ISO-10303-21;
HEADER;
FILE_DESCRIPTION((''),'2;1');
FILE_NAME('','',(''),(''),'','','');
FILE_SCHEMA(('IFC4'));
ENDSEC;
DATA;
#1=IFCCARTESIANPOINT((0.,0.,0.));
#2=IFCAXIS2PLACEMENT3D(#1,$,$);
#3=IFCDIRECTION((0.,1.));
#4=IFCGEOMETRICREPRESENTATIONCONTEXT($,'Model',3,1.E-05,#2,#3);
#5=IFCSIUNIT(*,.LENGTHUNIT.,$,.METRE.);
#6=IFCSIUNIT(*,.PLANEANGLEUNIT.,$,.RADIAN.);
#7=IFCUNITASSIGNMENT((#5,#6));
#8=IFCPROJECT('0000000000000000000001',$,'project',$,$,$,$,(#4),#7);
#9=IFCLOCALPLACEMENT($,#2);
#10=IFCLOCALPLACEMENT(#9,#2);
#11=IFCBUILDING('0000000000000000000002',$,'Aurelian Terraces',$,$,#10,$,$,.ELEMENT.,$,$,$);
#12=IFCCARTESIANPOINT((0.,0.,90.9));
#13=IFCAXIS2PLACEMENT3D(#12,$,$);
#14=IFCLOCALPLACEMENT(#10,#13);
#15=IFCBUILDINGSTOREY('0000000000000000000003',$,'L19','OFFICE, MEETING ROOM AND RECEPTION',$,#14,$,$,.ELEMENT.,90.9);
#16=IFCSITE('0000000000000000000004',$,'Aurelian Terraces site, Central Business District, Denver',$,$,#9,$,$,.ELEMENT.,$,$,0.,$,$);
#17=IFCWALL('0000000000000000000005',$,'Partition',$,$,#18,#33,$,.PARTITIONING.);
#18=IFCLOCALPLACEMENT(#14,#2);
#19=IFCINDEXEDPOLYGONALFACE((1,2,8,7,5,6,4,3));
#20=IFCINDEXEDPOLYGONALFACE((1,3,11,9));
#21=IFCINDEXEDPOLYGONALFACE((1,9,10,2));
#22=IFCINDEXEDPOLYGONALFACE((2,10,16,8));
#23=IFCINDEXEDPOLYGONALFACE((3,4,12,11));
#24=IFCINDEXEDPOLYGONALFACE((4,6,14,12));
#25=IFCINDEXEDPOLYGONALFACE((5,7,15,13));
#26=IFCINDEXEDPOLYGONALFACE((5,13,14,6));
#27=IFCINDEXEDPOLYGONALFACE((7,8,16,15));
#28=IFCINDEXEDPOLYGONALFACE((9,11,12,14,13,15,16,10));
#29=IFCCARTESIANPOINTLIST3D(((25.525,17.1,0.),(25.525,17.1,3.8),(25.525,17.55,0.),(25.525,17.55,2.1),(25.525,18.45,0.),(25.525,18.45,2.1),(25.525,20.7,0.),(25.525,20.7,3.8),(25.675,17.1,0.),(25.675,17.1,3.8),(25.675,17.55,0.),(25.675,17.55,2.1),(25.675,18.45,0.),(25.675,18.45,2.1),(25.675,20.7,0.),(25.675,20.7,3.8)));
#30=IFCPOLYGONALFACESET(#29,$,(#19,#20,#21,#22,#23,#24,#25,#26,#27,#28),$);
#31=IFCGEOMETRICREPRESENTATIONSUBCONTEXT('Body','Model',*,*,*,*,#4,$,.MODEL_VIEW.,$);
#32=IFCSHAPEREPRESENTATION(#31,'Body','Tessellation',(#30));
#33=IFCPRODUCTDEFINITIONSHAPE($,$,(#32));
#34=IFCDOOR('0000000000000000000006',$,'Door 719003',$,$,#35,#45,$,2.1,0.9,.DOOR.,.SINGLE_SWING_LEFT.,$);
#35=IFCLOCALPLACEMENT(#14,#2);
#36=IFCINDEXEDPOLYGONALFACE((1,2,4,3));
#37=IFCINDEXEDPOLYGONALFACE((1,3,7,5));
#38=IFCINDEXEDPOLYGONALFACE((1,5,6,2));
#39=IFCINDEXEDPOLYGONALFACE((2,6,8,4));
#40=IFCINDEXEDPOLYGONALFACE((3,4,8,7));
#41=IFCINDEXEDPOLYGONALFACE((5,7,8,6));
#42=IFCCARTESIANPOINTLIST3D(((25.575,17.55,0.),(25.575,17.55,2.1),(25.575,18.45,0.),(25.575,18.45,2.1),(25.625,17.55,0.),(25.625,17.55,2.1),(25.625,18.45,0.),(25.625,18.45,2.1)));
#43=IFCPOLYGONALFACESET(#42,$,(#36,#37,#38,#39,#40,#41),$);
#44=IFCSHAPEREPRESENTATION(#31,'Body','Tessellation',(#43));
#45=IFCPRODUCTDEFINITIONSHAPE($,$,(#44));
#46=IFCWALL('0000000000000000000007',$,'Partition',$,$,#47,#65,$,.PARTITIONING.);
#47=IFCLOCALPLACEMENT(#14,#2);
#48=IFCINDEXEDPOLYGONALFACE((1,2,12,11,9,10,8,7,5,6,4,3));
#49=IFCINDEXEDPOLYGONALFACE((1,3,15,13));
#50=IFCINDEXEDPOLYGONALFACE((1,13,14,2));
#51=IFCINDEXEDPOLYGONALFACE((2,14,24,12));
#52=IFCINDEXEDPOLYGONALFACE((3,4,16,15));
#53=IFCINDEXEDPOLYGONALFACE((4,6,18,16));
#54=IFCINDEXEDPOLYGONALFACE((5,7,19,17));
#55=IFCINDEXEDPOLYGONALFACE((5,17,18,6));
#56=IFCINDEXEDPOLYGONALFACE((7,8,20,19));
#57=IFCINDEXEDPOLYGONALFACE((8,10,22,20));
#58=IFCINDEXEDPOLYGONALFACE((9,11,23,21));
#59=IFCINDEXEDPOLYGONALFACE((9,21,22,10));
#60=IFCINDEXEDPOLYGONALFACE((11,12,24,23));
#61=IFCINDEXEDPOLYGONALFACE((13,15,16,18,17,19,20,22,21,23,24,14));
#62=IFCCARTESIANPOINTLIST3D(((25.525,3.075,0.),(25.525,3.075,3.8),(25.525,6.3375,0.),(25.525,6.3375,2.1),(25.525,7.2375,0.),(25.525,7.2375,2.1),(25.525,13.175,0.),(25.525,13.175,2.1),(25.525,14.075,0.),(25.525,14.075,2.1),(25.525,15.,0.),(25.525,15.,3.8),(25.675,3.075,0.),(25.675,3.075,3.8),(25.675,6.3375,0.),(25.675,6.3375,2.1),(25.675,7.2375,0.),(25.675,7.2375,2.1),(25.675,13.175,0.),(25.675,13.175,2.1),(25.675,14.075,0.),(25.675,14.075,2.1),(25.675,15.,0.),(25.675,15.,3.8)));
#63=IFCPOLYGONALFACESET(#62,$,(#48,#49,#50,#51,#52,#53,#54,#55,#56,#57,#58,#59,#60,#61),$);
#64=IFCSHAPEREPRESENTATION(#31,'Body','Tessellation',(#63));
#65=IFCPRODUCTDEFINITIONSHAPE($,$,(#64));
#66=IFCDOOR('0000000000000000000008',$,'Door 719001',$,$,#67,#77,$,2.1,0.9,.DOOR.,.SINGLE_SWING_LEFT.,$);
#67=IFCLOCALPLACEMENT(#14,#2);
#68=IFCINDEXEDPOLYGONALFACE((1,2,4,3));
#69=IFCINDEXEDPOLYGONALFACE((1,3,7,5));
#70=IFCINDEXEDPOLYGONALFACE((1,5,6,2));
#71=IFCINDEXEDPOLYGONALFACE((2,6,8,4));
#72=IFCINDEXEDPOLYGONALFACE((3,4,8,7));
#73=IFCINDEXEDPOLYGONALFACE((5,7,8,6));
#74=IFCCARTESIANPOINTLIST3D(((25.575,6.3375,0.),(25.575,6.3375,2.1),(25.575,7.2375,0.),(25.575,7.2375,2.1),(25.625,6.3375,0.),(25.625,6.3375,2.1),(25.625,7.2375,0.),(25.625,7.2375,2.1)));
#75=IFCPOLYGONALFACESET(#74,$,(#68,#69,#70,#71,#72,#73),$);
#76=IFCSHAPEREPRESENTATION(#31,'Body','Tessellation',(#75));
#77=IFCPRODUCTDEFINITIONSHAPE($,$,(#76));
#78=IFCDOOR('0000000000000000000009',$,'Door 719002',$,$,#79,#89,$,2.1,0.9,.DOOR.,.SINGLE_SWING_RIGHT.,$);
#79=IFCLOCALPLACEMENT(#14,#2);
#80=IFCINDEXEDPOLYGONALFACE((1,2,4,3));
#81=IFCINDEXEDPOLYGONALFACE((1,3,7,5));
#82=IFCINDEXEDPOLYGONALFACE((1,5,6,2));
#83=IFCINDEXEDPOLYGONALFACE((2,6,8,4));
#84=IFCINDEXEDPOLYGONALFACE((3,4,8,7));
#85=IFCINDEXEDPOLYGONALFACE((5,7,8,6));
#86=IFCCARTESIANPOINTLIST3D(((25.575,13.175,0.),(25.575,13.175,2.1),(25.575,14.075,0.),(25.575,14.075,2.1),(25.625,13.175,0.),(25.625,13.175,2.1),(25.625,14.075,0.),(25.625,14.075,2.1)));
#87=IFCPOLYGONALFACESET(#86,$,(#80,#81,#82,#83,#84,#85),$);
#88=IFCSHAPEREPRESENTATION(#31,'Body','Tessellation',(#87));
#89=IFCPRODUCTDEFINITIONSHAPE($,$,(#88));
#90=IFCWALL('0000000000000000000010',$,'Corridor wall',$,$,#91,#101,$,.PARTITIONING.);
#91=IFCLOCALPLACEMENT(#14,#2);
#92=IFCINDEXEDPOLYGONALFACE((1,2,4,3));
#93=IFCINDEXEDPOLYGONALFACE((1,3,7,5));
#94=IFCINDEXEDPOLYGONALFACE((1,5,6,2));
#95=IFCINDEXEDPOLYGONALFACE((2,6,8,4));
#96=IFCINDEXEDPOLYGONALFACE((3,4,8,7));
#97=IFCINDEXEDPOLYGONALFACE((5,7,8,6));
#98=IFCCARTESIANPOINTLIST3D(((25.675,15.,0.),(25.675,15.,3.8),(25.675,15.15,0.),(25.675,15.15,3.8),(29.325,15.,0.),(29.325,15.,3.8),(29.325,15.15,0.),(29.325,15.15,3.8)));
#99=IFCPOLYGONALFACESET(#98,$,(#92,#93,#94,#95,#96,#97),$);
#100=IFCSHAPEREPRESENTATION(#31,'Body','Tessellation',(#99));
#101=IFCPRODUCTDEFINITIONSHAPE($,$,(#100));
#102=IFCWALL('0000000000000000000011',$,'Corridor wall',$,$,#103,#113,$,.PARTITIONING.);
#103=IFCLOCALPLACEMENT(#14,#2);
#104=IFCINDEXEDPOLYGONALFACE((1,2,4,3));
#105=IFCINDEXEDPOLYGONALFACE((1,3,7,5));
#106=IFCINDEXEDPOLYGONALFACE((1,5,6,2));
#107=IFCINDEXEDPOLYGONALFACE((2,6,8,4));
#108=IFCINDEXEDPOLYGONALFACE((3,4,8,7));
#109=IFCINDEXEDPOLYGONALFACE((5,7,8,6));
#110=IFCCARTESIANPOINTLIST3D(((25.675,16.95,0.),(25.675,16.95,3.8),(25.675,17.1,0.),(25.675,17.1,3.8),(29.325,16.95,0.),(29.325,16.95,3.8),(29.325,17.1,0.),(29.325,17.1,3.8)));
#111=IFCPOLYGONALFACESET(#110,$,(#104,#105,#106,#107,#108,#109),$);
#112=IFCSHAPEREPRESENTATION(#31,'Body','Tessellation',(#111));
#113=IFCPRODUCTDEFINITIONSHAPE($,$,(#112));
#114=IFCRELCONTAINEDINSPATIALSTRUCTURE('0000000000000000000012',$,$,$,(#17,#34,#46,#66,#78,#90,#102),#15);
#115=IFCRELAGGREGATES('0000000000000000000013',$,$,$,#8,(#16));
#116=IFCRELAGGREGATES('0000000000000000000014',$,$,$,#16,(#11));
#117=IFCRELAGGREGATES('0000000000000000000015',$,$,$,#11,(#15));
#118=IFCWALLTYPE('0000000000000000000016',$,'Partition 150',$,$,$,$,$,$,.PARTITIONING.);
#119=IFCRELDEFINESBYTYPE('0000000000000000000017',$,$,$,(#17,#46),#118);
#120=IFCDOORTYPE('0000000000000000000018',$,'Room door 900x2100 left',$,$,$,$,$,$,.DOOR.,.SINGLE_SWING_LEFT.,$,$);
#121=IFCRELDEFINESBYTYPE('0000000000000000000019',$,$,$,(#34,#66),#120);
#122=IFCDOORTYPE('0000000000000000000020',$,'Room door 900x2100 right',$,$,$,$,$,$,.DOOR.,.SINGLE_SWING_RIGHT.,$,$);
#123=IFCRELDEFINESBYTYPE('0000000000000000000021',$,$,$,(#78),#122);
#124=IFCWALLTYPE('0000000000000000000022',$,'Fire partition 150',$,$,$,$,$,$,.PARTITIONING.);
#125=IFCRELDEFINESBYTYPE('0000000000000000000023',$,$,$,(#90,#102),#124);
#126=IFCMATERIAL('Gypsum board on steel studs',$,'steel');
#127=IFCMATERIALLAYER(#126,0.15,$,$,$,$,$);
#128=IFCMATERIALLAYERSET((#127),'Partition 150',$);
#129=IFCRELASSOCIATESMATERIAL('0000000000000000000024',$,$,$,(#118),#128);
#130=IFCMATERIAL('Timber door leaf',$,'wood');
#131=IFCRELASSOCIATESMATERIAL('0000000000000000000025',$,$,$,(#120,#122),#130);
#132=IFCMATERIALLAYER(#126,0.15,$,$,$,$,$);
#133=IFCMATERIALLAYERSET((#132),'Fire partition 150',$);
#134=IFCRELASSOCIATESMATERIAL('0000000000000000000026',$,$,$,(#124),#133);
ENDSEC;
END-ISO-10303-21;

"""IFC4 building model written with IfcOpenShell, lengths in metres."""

from ifc_helpers import new_model, si_unit, direction, frame, frame_2d, origin, place, context, subcontext, project, spatial, rectangle, extrude, source, transform, mapped, material, layer, layer_set, type_object, element, fill, save


model = new_model("IFC4")

# Units and contexts
model_context = context("Model", 3, precision=1e-05, world=origin(), true_north=direction((0.0, 1.0)))
body_context = subcontext(model_context, "Body", "Model", "MODEL_VIEW")
ifc_project = project(units=[si_unit("LENGTHUNIT", "METRE"), si_unit("PLANEANGLEUNIT", "RADIAN")], contexts=[model_context])

# Site, building, storey
site_placement = place(None, origin())
site = spatial("IfcSite", under=ifc_project, at=site_placement, Name="Aurelian Terraces site, Central Business District, Denver", CompositionType="ELEMENT", RefElevation=0.0)
building_placement = place(site_placement, origin())
building = spatial("IfcBuilding", under=site, at=building_placement, Name="Aurelian Terraces", CompositionType="ELEMENT")
storey_placement = place(building_placement, frame((0.0, 0.0, 90.9)))
storey = spatial("IfcBuildingStorey", under=building, at=storey_placement, Name="L19", Description="OFFICE, MEETING ROOM AND RECEPTION", CompositionType="ELEMENT", Elevation=90.9)

# Wall, opening, door
ifc_material_1 = material(Name="Gypsum board on steel studs", Category="steel")
ifc_layer_1 = layer(ifc_material_1, 0.15)
ifc_layer_set_1 = layer_set([ifc_layer_1], Name="Partition 150")
wall_type_1 = type_object("IfcWallType", Name="Partition 150", PredefinedType="PARTITIONING", material=ifc_layer_set_1)
shared_shape_1 = source(origin(), body_context, "Body", "SweptSolid", [
    extrude(rectangle(XDim=3.6, YDim=0.15, at=frame_2d((1.8, 0.0))), origin(), (0.0, 0.0, 1.0), 3.8),
])
wall_1_placement = place(storey_placement, frame((25.6, 20.7, 0.0), z_axis=(0.0, 0.0, 1.0), x_axis=(0.0, -1.0, 0.0)))
wall_1 = element("IfcWall", 1, at=wall_1_placement, inside=storey, type_object=wall_type_1, Name="Partition", PredefinedType="PARTITIONING", context=body_context, shape_type="MappedRepresentation", body=[
    mapped(shared_shape_1, transform((0.0, 0.0, 0.0), scale=1.0)),
])
shared_shape_2 = source(origin(), body_context, "Body", "SweptSolid", [
    extrude(rectangle(XDim=0.9, YDim=2.1, at=frame_2d((0.45, 1.05))), frame((0.0, 0.085, 0.0), z_axis=(0.0, -1.0, 0.0), x_axis=(1.0, 0.0, 0.0)), (0.0, 0.0, 1.0), 0.17),
])
opening_1_placement = place(wall_1_placement, frame((2.25, 0.0, 0.0)))
opening_1 = element("IfcOpeningElement", 2, at=opening_1_placement, cuts=wall_1, PredefinedType="OPENING", context=body_context, shape_type="MappedRepresentation", body=[
    mapped(shared_shape_2, transform((0.0, 0.0, 0.0), scale=1.0)),
])
ifc_material_2 = material(Name="Timber door leaf", Category="wood")
door_type_1 = type_object("IfcDoorType", Name="Room door 900x2100 left", OperationType="SINGLE_SWING_LEFT", PredefinedType="DOOR", material=ifc_material_2)
shared_shape_3 = source(origin(), body_context, "Body", "SweptSolid", [
    extrude(rectangle(XDim=0.9, YDim=2.1, at=frame_2d((0.45, 1.05))), frame((0.0, 0.025, 0.0), z_axis=(0.0, -1.0, 0.0), x_axis=(1.0, 0.0, 0.0)), (0.0, 0.0, 1.0), 0.05),
])
door_1_placement = place(opening_1_placement, origin())
door_1 = element("IfcDoor", 3, at=door_1_placement, inside=storey, type_object=door_type_1, Name="Door 719003", OperationType="SINGLE_SWING_LEFT", OverallHeight=2.1, OverallWidth=0.9, PredefinedType="DOOR", context=body_context, shape_type="MappedRepresentation", body=[
    mapped(shared_shape_3, transform((0.0, 0.0, 0.0), scale=1.0)),
])
fill(opening_1, door_1)

# Wall, openings, doors
shared_shape_4 = source(origin(), body_context, "Body", "SweptSolid", [
    extrude(rectangle(XDim=11.925, YDim=0.15, at=frame_2d((5.9625, 0.0))), origin(), (0.0, 0.0, 1.0), 3.8),
])
wall_2_placement = place(storey_placement, frame((25.6, 15.0, 0.0), z_axis=(0.0, 0.0, 1.0), x_axis=(0.0, -1.0, 0.0)))
wall_2 = element("IfcWall", 4, at=wall_2_placement, inside=storey, type_object=wall_type_1, Name="Partition", PredefinedType="PARTITIONING", context=body_context, shape_type="MappedRepresentation", body=[
    mapped(shared_shape_4, transform((0.0, 0.0, 0.0), scale=1.0)),
])
opening_2_placement = place(wall_2_placement, frame((7.7625, 0.0, 0.0)))
opening_2 = element("IfcOpeningElement", 5, at=opening_2_placement, cuts=wall_2, PredefinedType="OPENING", context=body_context, shape_type="MappedRepresentation", body=[
    mapped(shared_shape_2, transform((0.0, 0.0, 0.0), scale=1.0)),
])
opening_3_placement = place(wall_2_placement, frame((0.925, 0.0, 0.0)))
opening_3 = element("IfcOpeningElement", 6, at=opening_3_placement, cuts=wall_2, PredefinedType="OPENING", context=body_context, shape_type="MappedRepresentation", body=[
    mapped(shared_shape_2, transform((0.0, 0.0, 0.0), scale=1.0)),
])
door_2_placement = place(opening_2_placement, origin())
door_2 = element("IfcDoor", 7, at=door_2_placement, inside=storey, type_object=door_type_1, Name="Door 719001", OperationType="SINGLE_SWING_LEFT", OverallHeight=2.1, OverallWidth=0.9, PredefinedType="DOOR", context=body_context, shape_type="MappedRepresentation", body=[
    mapped(shared_shape_3, transform((0.0, 0.0, 0.0), scale=1.0)),
])
fill(opening_2, door_2)
door_type_2 = type_object("IfcDoorType", Name="Room door 900x2100 right", OperationType="SINGLE_SWING_RIGHT", PredefinedType="DOOR", material=ifc_material_2)
door_3_placement = place(opening_3_placement, origin())
door_3 = element("IfcDoor", 8, at=door_3_placement, inside=storey, type_object=door_type_2, Name="Door 719002", OperationType="SINGLE_SWING_RIGHT", OverallHeight=2.1, OverallWidth=0.9, PredefinedType="DOOR", context=body_context, shape_type="MappedRepresentation", body=[
    mapped(shared_shape_3, transform((0.0, 0.0, 0.0), scale=1.0)),
])
fill(opening_3, door_3)

# Walls
ifc_layer_2 = layer(ifc_material_1, 0.15)
ifc_layer_set_2 = layer_set([ifc_layer_2], Name="Fire partition 150")
wall_type_2 = type_object("IfcWallType", Name="Fire partition 150", PredefinedType="PARTITIONING", material=ifc_layer_set_2)
shared_shape_5 = source(origin(), body_context, "Body", "SweptSolid", [
    extrude(rectangle(XDim=3.65, YDim=0.15, at=frame_2d((1.825, 0.0))), origin(), (0.0, 0.0, 1.0), 3.8),
])
for number, where, z_axis, x_axis, name in (
    (9, (29.325, 15.075, 0.0), (0.0, 0.0, 1.0), (-1.0, 0.0, 0.0), "Corridor wall"),
    (10, (25.675, 17.025, 0.0), (0.0, 0.0, 1.0), (1.0, 0.0, 0.0), "Corridor wall"),
):
    element("IfcWall", number, at=place(storey_placement, frame(where, z_axis=z_axis, x_axis=x_axis)), inside=storey, type_object=wall_type_2, Name=name, PredefinedType="PARTITIONING", context=body_context, shape_type="MappedRepresentation", body=[
        mapped(shared_shape_5, transform((0.0, 0.0, 0.0), scale=1.0)),
    ])

save(model, "model.ifc")
